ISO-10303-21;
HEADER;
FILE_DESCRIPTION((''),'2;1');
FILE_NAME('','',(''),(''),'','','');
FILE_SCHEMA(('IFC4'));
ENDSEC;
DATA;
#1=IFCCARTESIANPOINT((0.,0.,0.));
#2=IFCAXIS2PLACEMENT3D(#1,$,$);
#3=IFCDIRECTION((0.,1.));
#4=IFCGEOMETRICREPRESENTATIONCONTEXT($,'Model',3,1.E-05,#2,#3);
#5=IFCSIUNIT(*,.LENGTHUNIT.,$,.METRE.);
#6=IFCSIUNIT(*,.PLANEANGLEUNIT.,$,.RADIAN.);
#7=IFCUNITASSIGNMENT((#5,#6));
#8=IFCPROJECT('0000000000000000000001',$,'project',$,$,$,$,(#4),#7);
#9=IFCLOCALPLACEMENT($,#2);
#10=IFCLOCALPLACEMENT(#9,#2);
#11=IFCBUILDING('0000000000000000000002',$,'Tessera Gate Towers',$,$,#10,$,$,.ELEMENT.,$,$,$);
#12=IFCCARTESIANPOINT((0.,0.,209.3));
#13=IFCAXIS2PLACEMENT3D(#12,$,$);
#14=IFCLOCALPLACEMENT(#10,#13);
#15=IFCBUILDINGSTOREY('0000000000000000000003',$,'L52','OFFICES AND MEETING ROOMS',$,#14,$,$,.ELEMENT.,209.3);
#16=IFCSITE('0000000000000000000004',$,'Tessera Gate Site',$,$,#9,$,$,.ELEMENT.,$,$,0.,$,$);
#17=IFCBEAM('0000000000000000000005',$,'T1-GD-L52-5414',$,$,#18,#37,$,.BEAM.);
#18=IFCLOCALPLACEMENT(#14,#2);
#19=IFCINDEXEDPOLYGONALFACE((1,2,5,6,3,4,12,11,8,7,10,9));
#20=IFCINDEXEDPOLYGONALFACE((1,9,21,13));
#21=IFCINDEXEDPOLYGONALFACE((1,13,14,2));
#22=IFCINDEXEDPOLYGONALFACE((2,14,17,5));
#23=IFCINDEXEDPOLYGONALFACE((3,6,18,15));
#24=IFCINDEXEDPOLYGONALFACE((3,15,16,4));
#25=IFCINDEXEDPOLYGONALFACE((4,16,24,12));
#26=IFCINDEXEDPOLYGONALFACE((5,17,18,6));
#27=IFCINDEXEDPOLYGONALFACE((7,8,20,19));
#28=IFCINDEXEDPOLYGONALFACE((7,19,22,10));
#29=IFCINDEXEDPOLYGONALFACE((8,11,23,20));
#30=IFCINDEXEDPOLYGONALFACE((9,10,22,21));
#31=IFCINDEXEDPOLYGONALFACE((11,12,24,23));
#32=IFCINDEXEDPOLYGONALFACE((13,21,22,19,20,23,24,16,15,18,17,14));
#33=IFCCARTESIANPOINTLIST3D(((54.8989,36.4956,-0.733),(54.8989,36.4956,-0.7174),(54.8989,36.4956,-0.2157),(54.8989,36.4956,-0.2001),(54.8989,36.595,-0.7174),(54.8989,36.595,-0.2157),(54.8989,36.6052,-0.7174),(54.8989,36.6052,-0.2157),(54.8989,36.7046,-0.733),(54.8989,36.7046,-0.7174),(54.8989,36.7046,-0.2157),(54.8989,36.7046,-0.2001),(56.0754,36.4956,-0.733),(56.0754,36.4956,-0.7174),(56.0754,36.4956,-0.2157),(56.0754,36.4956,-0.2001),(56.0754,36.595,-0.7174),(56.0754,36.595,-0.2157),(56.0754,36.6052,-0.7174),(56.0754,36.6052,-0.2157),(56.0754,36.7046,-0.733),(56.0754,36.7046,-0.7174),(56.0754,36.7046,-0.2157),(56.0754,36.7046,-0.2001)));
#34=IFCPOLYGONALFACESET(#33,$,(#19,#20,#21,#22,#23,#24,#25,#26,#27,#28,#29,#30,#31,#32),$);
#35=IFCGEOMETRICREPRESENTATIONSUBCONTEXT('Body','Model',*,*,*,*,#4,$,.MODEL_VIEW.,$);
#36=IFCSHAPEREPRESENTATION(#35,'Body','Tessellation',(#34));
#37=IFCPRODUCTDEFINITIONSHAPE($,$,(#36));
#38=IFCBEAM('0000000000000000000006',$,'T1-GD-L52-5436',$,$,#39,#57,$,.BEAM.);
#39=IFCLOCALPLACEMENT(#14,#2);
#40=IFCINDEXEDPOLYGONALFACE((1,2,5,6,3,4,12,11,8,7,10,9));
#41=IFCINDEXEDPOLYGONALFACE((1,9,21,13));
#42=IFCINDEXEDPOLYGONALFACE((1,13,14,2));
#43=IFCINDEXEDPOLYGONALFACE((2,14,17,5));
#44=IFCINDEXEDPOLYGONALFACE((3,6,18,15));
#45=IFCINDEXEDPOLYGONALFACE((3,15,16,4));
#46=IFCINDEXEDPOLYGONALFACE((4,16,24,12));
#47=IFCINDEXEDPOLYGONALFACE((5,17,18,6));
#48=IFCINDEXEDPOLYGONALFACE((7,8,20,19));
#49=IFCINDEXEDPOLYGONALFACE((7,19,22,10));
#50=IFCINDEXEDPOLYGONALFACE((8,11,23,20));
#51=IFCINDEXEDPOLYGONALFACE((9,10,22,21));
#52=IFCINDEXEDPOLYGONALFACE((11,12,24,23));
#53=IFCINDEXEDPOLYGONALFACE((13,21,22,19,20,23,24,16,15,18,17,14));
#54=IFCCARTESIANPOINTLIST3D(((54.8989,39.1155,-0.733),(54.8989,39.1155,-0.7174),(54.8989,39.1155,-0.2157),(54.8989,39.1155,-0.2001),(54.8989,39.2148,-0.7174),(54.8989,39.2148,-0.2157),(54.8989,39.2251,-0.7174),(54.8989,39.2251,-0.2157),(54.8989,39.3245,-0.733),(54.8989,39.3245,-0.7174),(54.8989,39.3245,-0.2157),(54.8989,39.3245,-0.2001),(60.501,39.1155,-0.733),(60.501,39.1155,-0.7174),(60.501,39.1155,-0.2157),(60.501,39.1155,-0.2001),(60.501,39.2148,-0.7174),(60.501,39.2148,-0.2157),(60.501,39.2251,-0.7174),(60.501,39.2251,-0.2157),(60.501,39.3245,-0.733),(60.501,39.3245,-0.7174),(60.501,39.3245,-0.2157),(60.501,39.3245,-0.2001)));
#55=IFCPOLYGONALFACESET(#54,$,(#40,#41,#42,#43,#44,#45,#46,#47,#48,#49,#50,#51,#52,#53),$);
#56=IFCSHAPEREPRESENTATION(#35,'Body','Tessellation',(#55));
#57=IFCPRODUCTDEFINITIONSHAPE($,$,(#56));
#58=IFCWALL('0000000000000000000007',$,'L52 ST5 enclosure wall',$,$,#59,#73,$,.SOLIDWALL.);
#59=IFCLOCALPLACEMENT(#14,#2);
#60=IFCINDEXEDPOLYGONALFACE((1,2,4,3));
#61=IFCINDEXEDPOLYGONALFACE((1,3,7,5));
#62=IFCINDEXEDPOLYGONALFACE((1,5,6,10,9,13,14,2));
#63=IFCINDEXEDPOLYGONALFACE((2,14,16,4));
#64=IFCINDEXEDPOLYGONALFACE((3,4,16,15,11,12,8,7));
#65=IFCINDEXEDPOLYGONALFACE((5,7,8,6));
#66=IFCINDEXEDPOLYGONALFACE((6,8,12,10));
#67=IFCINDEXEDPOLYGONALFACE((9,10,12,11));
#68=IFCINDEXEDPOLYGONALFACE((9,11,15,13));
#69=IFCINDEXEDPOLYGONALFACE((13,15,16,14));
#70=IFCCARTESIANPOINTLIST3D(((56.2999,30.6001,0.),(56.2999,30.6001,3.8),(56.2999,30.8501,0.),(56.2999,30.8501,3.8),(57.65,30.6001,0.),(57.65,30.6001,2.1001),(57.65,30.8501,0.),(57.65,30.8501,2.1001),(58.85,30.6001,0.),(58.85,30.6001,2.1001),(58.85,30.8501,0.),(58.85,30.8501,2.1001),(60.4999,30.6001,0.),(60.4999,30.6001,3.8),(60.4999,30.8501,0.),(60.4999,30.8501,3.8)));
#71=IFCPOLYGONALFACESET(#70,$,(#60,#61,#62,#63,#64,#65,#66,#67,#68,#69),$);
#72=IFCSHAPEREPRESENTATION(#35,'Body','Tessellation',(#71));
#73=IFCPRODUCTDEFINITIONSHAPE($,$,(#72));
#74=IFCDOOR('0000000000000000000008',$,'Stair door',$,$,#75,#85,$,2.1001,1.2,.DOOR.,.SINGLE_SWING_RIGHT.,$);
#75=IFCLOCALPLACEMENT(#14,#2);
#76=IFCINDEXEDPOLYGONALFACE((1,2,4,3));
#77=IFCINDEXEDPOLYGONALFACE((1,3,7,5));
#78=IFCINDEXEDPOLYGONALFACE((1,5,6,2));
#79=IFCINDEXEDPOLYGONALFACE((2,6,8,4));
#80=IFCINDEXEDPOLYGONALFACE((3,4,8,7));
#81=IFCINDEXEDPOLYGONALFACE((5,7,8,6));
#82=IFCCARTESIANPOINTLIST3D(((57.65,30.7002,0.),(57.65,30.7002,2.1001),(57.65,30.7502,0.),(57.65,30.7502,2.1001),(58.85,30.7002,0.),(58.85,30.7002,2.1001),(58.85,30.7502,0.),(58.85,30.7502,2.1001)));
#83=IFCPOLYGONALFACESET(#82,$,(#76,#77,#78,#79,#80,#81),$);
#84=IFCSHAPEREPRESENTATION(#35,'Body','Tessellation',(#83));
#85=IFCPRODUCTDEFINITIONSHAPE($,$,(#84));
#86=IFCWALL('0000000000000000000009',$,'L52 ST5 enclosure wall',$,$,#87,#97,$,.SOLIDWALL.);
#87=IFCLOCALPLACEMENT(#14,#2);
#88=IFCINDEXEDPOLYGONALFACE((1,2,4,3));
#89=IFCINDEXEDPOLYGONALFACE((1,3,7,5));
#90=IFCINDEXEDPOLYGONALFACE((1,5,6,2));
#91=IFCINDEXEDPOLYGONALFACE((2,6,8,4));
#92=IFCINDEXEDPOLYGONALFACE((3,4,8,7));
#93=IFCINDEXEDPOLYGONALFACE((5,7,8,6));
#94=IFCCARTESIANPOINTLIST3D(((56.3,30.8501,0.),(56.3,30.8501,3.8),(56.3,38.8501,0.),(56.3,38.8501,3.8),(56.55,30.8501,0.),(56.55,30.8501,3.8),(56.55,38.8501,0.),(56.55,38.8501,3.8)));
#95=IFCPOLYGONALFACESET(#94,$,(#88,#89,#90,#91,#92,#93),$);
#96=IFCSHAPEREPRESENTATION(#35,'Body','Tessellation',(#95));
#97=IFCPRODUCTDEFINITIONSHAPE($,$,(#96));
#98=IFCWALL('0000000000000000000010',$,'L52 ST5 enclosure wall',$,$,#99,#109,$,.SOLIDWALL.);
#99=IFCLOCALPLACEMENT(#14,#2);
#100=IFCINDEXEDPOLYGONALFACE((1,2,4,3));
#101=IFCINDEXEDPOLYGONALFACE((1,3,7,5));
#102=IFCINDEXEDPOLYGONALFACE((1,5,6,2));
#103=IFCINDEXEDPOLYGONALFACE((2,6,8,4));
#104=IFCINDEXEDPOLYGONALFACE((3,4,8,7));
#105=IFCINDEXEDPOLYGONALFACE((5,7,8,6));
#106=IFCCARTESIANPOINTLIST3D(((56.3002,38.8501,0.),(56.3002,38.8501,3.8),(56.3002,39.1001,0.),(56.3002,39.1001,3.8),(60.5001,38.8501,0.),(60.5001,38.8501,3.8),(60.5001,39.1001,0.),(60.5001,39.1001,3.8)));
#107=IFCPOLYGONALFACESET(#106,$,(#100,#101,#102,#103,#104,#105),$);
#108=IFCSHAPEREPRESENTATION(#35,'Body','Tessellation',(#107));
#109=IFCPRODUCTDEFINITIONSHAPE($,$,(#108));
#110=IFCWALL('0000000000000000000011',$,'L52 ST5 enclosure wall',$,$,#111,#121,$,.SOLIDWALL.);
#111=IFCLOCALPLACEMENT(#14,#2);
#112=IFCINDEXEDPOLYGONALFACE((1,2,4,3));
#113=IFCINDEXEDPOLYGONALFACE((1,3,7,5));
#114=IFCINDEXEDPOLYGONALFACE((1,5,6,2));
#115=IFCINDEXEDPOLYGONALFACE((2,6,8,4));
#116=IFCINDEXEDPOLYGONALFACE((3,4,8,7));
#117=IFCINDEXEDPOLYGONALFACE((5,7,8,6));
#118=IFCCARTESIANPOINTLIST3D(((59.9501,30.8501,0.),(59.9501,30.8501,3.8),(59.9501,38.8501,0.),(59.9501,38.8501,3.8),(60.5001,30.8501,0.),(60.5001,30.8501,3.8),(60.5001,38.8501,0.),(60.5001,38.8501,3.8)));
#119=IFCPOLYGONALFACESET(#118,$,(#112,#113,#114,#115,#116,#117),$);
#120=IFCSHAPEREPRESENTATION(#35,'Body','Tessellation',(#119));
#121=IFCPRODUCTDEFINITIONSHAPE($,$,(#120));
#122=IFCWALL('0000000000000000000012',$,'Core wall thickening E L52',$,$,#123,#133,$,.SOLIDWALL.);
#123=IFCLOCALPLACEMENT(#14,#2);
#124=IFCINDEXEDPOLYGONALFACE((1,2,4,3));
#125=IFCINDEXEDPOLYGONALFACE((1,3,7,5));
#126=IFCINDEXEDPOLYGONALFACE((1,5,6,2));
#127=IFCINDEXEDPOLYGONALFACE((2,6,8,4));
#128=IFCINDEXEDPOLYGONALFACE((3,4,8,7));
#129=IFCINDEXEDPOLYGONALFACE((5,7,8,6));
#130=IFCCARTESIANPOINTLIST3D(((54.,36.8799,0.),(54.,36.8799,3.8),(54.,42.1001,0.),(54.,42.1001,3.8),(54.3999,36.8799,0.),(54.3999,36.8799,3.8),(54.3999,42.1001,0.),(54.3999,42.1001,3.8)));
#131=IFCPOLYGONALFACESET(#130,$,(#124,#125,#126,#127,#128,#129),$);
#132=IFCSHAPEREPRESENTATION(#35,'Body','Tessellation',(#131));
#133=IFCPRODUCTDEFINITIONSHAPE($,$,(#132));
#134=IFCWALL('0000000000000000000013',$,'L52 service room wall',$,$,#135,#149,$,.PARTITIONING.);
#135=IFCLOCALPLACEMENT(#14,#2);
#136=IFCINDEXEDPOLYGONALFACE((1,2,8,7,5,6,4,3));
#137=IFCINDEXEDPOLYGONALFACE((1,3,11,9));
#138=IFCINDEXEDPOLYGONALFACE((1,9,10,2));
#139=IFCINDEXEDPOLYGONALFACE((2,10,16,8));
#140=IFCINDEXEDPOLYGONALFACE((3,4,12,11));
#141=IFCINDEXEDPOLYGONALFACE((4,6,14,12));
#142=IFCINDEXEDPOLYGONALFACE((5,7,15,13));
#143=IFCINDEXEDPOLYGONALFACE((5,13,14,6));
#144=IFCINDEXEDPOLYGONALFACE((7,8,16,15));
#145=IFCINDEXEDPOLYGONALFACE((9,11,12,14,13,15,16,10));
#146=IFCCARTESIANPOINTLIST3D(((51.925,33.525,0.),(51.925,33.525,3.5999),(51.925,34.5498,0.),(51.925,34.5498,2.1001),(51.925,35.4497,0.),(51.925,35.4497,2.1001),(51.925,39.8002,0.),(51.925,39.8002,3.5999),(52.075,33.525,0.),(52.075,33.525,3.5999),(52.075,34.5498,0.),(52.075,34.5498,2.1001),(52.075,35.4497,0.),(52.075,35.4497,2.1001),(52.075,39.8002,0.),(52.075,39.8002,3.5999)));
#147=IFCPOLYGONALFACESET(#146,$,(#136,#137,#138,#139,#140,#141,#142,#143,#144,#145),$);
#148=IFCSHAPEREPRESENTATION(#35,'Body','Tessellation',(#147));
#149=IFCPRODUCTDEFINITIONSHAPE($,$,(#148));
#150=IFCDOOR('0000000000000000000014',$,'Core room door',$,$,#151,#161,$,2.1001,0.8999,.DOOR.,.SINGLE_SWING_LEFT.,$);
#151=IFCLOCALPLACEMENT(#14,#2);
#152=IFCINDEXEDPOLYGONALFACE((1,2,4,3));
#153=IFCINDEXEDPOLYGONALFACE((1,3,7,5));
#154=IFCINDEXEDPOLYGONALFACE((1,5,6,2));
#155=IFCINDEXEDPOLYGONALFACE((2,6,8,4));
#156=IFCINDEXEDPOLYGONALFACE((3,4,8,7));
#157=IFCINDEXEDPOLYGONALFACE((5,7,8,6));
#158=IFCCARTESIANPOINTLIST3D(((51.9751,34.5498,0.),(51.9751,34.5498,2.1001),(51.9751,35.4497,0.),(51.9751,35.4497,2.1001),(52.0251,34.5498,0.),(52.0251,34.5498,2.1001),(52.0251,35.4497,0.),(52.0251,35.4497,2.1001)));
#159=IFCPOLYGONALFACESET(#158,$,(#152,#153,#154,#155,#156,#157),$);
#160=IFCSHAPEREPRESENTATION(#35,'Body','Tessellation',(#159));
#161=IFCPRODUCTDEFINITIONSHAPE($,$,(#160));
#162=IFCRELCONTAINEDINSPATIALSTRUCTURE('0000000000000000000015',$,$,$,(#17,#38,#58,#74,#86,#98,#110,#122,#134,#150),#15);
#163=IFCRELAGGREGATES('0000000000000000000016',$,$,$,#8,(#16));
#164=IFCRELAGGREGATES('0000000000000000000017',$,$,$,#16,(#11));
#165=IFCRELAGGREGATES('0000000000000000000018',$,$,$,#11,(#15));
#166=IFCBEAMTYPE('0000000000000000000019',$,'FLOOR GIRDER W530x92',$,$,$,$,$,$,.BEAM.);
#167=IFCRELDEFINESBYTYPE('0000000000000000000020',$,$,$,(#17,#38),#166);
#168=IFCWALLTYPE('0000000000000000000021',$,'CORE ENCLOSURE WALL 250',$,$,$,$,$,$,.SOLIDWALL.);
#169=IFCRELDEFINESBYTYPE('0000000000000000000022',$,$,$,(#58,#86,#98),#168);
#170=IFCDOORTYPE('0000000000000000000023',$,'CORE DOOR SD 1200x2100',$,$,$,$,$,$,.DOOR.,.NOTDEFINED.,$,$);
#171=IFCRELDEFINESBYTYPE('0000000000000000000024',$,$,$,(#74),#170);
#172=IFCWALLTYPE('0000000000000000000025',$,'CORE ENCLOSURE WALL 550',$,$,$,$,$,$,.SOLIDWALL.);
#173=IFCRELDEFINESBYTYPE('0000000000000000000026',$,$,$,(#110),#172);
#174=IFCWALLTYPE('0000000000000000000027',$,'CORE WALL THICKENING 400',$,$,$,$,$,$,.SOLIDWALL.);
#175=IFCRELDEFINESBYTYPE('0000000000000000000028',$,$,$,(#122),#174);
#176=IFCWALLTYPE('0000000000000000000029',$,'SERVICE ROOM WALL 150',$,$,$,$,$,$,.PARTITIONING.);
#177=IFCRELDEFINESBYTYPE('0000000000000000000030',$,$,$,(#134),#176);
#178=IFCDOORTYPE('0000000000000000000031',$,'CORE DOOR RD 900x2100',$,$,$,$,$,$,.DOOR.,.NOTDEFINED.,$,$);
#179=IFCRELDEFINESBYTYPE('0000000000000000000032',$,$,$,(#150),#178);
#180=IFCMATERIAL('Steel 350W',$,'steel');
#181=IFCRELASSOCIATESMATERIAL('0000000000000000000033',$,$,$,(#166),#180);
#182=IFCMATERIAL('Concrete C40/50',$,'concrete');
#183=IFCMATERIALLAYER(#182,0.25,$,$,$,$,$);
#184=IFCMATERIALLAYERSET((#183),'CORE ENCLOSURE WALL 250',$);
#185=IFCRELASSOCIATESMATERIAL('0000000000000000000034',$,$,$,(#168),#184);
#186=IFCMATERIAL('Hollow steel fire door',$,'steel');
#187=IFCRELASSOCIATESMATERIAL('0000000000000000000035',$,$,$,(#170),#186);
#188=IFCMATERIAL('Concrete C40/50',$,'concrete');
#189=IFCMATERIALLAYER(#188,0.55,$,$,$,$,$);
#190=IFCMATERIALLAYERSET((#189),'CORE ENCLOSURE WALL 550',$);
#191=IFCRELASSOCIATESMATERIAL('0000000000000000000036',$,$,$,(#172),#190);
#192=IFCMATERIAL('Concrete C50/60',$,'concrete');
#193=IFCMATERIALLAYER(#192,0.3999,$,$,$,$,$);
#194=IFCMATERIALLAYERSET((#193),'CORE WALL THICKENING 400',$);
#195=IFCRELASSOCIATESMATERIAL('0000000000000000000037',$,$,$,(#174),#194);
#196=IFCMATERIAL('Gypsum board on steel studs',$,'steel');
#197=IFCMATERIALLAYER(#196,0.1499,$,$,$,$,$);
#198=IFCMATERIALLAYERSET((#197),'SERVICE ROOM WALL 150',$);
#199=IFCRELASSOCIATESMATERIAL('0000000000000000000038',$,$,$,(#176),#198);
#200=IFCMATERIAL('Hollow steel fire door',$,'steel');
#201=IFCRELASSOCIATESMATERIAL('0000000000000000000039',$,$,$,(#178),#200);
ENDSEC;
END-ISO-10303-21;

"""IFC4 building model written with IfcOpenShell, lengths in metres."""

from ifc_helpers import new_model, si_unit, direction, frame, frame_2d, origin, origin_2d, place, context, subcontext, project, spatial, rectangle, i_section, extrude, source, transform, mapped, material, layer, layer_set, material_profile, profile_set, type_object, element, fill, save


model = new_model("IFC4")

# Units and contexts
model_context = context("Model", 3, precision=1e-05, world=origin(), true_north=direction((0.0, 1.0)))
body_context = subcontext(model_context, "Body", "Model", "MODEL_VIEW")
ifc_project = project(units=[si_unit("LENGTHUNIT", "METRE"), si_unit("PLANEANGLEUNIT", "RADIAN")], contexts=[model_context])

# Site, building, storey
site_placement = place(None, origin())
site = spatial("IfcSite", under=ifc_project, at=site_placement, Name="Tessera Gate Site", CompositionType="ELEMENT", RefElevation=0.0)
building_placement = place(site_placement, origin())
building = spatial("IfcBuilding", under=site, at=building_placement, Name="Tessera Gate Towers", CompositionType="ELEMENT")
storey_placement = place(building_placement, frame((0.0, 0.0, 209.3)))
storey = spatial("IfcBuildingStorey", under=building, at=storey_placement, Name="L52", Description="OFFICES AND MEETING ROOMS", CompositionType="ELEMENT", Elevation=209.3)

# Beams
ifc_material_1 = material(Name="Steel 350W", Category="steel")
ifc_material_profile = material_profile(ifc_material_1, i_section(OverallWidth=0.209, OverallDepth=0.533, WebThickness=0.0103, FlangeThickness=0.0156, at=origin_2d()), Name="W530x92")
ifc_profile_set = profile_set([ifc_material_profile], Name="Steel 350W")
beam_type = type_object("IfcBeamType", Name="FLOOR GIRDER W530x92", PredefinedType="BEAM", material=ifc_profile_set)
beam_1_placement = place(storey_placement, frame((54.8989, 36.6001, -0.4666), z_axis=(1.0, 0.0, 0.0), x_axis=(0.0, 1.0, 0.0)))
element("IfcBeam", 1, at=beam_1_placement, inside=storey, type_object=beam_type, Name="T1-GD-L52-5414", PredefinedType="BEAM", context=body_context, shape_type="SweptSolid", body=[
    extrude(i_section(OverallWidth=0.209, OverallDepth=0.533, WebThickness=0.0103, FlangeThickness=0.0156, at=origin_2d()), origin(), (0.0, 0.0, 1.0), 1.1765),
])
beam_2_placement = place(storey_placement, frame((54.8989, 39.22, -0.4666), z_axis=(1.0, 0.0, 0.0), x_axis=(0.0, 1.0, 0.0)))
element("IfcBeam", 2, at=beam_2_placement, inside=storey, type_object=beam_type, Name="T1-GD-L52-5436", PredefinedType="BEAM", context=body_context, shape_type="SweptSolid", body=[
    extrude(i_section(OverallWidth=0.209, OverallDepth=0.533, WebThickness=0.0103, FlangeThickness=0.0156, at=origin_2d()), origin(), (0.0, 0.0, 1.0), 5.6021),
])

# Wall, opening, door
ifc_material_2 = material(Name="Concrete C40/50", Category="concrete")
ifc_layer_1 = layer(ifc_material_2, 0.25)
ifc_layer_set_1 = layer_set([ifc_layer_1], Name="CORE ENCLOSURE WALL 250")
wall_type_1 = type_object("IfcWallType", Name="CORE ENCLOSURE WALL 250", PredefinedType="SOLIDWALL", material=ifc_layer_set_1)
wall_1_placement = place(storey_placement, frame((60.5, 30.7251, 0.0), z_axis=(0.0, 0.0, 1.0), x_axis=(-1.0, 0.0, 0.0)))
wall_1 = element("IfcWall", 3, at=wall_1_placement, inside=storey, type_object=wall_type_1, Name="L52 ST5 enclosure wall", PredefinedType="SOLIDWALL", context=body_context, shape_type="SweptSolid", body=[
    extrude(rectangle(XDim=4.2, YDim=0.25, at=frame_2d((2.1001, 0.0))), origin(), (0.0, 0.0, 1.0), 3.8),
])
shared_shape_1 = source(origin(), body_context, "Body", "SweptSolid", [
    extrude(rectangle(XDim=1.2, YDim=2.1001, at=frame_2d((0.6001, 1.05))), frame((0.0, 0.135, 0.0), z_axis=(0.0, -1.0, 0.0), x_axis=(1.0, 0.0, 0.0)), (0.0, 0.0, 1.0), 0.27),
])
opening_1_placement = place(wall_1_placement, frame((1.6499, 0.0, 0.0)))
opening_1 = element("IfcOpeningElement", 4, at=opening_1_placement, cuts=wall_1, PredefinedType="OPENING", context=body_context, shape_type="MappedRepresentation", body=[
    mapped(shared_shape_1, transform((0.0, 0.0, 0.0), scale=1.0)),
])
ifc_material_3 = material(Name="Hollow steel fire door", Category="steel")
door_type_1 = type_object("IfcDoorType", Name="CORE DOOR SD 1200x2100", OperationType="NOTDEFINED", PredefinedType="DOOR", material=ifc_material_3)
shared_shape_2 = source(origin(), body_context, "Body", "SweptSolid", [
    extrude(rectangle(XDim=1.2, YDim=2.1001, at=frame_2d((0.6001, 1.05))), frame((0.0, 0.0249, 0.0), z_axis=(0.0, -1.0, 0.0), x_axis=(1.0, 0.0, 0.0)), (0.0, 0.0, 1.0), 0.05),
])
door_1_placement = place(opening_1_placement, origin())
door_1 = element("IfcDoor", 5, at=door_1_placement, inside=storey, type_object=door_type_1, Name="Stair door", OperationType="SINGLE_SWING_RIGHT", OverallHeight=2.1001, OverallWidth=1.2, PredefinedType="DOOR", context=body_context, shape_type="MappedRepresentation", body=[
    mapped(shared_shape_2, transform((0.0, 0.0, 0.0), scale=1.0)),
])
fill(opening_1, door_1)

# Walls
wall_2_placement = place(storey_placement, frame((56.425, 30.8501, 0.0), z_axis=(0.0, 0.0, 1.0), x_axis=(0.0, 1.0, 0.0)))
element("IfcWall", 6, at=wall_2_placement, inside=storey, type_object=wall_type_1, Name="L52 ST5 enclosure wall", PredefinedType="SOLIDWALL", context=body_context, shape_type="SweptSolid", body=[
    extrude(rectangle(XDim=8.0, YDim=0.25, at=frame_2d((4.0, 0.0))), origin(), (0.0, 0.0, 1.0), 3.8),
])
wall_3_placement = place(storey_placement, frame((56.3, 38.9751, 0.0), z_axis=(0.0, 0.0, 1.0), x_axis=(1.0, 0.0, 0.0)))
element("IfcWall", 7, at=wall_3_placement, inside=storey, type_object=wall_type_1, Name="L52 ST5 enclosure wall", PredefinedType="SOLIDWALL", context=body_context, shape_type="SweptSolid", body=[
    extrude(rectangle(XDim=4.2, YDim=0.25, at=frame_2d((2.1001, 0.0))), origin(), (0.0, 0.0, 1.0), 3.8),
])
ifc_material_4 = material(Name="Concrete C40/50", Category="concrete")
ifc_layer_2 = layer(ifc_material_4, 0.55)
ifc_layer_set_2 = layer_set([ifc_layer_2], Name="CORE ENCLOSURE WALL 550")
wall_type_2 = type_object("IfcWallType", Name="CORE ENCLOSURE WALL 550", PredefinedType="SOLIDWALL", material=ifc_layer_set_2)
wall_4_placement = place(storey_placement, frame((60.2251, 38.8501, 0.0), z_axis=(0.0, 0.0, 1.0), x_axis=(0.0, -1.0, 0.0)))
element("IfcWall", 8, at=wall_4_placement, inside=storey, type_object=wall_type_2, Name="L52 ST5 enclosure wall", PredefinedType="SOLIDWALL", context=body_context, shape_type="SweptSolid", body=[
    extrude(rectangle(XDim=8.0, YDim=0.55, at=frame_2d((4.0, 0.0))), origin(), (0.0, 0.0, 1.0), 3.8),
])
ifc_material_5 = material(Name="Concrete C50/60", Category="concrete")
ifc_layer_3 = layer(ifc_material_5, 0.3999)
ifc_layer_set_3 = layer_set([ifc_layer_3], Name="CORE WALL THICKENING 400")
wall_type_3 = type_object("IfcWallType", Name="CORE WALL THICKENING 400", PredefinedType="SOLIDWALL", material=ifc_layer_set_3)
wall_5_placement = place(storey_placement, frame((54.2, 36.8799, 0.0), z_axis=(0.0, 0.0, 1.0), x_axis=(0.0, 1.0, 0.0)))
element("IfcWall", 9, at=wall_5_placement, inside=storey, type_object=wall_type_3, Name="Core wall thickening E L52", PredefinedType="SOLIDWALL", context=body_context, shape_type="SweptSolid", body=[
    extrude(rectangle(XDim=5.2202, YDim=0.3999, at=frame_2d((2.6101, 0.0))), origin(), (0.0, 0.0, 1.0), 3.8),
])

# Wall, opening, door
ifc_material_6 = material(Name="Gypsum board on steel studs", Category="steel")
ifc_layer_4 = layer(ifc_material_6, 0.1499)
ifc_layer_set_4 = layer_set([ifc_layer_4], Name="SERVICE ROOM WALL 150")
wall_type_4 = type_object("IfcWallType", Name="SERVICE ROOM WALL 150", PredefinedType="PARTITIONING", material=ifc_layer_set_4)
wall_6_placement = place(storey_placement, frame((52.0, 33.5249, 0.0), z_axis=(0.0, 0.0, 1.0), x_axis=(0.0, 1.0, 0.0)))
wall_6 = element("IfcWall", 10, at=wall_6_placement, inside=storey, type_object=wall_type_4, Name="L52 service room wall", PredefinedType="PARTITIONING", context=body_context, shape_type="SweptSolid", body=[
    extrude(rectangle(XDim=6.2751, YDim=0.1499, at=frame_2d((3.1377, 0.0))), origin(), (0.0, 0.0, 1.0), 3.5999),
])
shared_shape_3 = source(origin(), body_context, "Body", "SweptSolid", [
    extrude(rectangle(XDim=0.8999, YDim=2.1001, at=frame_2d((0.45, 1.05))), frame((0.0, 0.085, 0.0), z_axis=(0.0, -1.0, 0.0), x_axis=(1.0, 0.0, 0.0)), (0.0, 0.0, 1.0), 0.1699),
])
opening_2_placement = place(wall_6_placement, frame((1.0249, 0.0, 0.0)))
opening_2 = element("IfcOpeningElement", 11, at=opening_2_placement, cuts=wall_6, PredefinedType="OPENING", context=body_context, shape_type="MappedRepresentation", body=[
    mapped(shared_shape_3, transform((0.0, 0.0, 0.0), scale=1.0)),
])
ifc_material_7 = material(Name="Hollow steel fire door", Category="steel")
door_type_2 = type_object("IfcDoorType", Name="CORE DOOR RD 900x2100", OperationType="NOTDEFINED", PredefinedType="DOOR", material=ifc_material_7)
shared_shape_4 = source(origin(), body_context, "Body", "SweptSolid", [
    extrude(rectangle(XDim=0.8999, YDim=2.1001, at=frame_2d((0.45, 1.05))), frame((0.0, 0.0249, 0.0), z_axis=(0.0, -1.0, 0.0), x_axis=(1.0, 0.0, 0.0)), (0.0, 0.0, 1.0), 0.05),
])
door_2_placement = place(opening_2_placement, origin())
door_2 = element("IfcDoor", 12, at=door_2_placement, inside=storey, type_object=door_type_2, Name="Core room door", OperationType="SINGLE_SWING_LEFT", OverallHeight=2.1001, OverallWidth=0.8999, PredefinedType="DOOR", context=body_context, shape_type="MappedRepresentation", body=[
    mapped(shared_shape_4, transform((0.0, 0.0, 0.0), scale=1.0)),
])
fill(opening_2, door_2)

save(model, "model.ifc")
